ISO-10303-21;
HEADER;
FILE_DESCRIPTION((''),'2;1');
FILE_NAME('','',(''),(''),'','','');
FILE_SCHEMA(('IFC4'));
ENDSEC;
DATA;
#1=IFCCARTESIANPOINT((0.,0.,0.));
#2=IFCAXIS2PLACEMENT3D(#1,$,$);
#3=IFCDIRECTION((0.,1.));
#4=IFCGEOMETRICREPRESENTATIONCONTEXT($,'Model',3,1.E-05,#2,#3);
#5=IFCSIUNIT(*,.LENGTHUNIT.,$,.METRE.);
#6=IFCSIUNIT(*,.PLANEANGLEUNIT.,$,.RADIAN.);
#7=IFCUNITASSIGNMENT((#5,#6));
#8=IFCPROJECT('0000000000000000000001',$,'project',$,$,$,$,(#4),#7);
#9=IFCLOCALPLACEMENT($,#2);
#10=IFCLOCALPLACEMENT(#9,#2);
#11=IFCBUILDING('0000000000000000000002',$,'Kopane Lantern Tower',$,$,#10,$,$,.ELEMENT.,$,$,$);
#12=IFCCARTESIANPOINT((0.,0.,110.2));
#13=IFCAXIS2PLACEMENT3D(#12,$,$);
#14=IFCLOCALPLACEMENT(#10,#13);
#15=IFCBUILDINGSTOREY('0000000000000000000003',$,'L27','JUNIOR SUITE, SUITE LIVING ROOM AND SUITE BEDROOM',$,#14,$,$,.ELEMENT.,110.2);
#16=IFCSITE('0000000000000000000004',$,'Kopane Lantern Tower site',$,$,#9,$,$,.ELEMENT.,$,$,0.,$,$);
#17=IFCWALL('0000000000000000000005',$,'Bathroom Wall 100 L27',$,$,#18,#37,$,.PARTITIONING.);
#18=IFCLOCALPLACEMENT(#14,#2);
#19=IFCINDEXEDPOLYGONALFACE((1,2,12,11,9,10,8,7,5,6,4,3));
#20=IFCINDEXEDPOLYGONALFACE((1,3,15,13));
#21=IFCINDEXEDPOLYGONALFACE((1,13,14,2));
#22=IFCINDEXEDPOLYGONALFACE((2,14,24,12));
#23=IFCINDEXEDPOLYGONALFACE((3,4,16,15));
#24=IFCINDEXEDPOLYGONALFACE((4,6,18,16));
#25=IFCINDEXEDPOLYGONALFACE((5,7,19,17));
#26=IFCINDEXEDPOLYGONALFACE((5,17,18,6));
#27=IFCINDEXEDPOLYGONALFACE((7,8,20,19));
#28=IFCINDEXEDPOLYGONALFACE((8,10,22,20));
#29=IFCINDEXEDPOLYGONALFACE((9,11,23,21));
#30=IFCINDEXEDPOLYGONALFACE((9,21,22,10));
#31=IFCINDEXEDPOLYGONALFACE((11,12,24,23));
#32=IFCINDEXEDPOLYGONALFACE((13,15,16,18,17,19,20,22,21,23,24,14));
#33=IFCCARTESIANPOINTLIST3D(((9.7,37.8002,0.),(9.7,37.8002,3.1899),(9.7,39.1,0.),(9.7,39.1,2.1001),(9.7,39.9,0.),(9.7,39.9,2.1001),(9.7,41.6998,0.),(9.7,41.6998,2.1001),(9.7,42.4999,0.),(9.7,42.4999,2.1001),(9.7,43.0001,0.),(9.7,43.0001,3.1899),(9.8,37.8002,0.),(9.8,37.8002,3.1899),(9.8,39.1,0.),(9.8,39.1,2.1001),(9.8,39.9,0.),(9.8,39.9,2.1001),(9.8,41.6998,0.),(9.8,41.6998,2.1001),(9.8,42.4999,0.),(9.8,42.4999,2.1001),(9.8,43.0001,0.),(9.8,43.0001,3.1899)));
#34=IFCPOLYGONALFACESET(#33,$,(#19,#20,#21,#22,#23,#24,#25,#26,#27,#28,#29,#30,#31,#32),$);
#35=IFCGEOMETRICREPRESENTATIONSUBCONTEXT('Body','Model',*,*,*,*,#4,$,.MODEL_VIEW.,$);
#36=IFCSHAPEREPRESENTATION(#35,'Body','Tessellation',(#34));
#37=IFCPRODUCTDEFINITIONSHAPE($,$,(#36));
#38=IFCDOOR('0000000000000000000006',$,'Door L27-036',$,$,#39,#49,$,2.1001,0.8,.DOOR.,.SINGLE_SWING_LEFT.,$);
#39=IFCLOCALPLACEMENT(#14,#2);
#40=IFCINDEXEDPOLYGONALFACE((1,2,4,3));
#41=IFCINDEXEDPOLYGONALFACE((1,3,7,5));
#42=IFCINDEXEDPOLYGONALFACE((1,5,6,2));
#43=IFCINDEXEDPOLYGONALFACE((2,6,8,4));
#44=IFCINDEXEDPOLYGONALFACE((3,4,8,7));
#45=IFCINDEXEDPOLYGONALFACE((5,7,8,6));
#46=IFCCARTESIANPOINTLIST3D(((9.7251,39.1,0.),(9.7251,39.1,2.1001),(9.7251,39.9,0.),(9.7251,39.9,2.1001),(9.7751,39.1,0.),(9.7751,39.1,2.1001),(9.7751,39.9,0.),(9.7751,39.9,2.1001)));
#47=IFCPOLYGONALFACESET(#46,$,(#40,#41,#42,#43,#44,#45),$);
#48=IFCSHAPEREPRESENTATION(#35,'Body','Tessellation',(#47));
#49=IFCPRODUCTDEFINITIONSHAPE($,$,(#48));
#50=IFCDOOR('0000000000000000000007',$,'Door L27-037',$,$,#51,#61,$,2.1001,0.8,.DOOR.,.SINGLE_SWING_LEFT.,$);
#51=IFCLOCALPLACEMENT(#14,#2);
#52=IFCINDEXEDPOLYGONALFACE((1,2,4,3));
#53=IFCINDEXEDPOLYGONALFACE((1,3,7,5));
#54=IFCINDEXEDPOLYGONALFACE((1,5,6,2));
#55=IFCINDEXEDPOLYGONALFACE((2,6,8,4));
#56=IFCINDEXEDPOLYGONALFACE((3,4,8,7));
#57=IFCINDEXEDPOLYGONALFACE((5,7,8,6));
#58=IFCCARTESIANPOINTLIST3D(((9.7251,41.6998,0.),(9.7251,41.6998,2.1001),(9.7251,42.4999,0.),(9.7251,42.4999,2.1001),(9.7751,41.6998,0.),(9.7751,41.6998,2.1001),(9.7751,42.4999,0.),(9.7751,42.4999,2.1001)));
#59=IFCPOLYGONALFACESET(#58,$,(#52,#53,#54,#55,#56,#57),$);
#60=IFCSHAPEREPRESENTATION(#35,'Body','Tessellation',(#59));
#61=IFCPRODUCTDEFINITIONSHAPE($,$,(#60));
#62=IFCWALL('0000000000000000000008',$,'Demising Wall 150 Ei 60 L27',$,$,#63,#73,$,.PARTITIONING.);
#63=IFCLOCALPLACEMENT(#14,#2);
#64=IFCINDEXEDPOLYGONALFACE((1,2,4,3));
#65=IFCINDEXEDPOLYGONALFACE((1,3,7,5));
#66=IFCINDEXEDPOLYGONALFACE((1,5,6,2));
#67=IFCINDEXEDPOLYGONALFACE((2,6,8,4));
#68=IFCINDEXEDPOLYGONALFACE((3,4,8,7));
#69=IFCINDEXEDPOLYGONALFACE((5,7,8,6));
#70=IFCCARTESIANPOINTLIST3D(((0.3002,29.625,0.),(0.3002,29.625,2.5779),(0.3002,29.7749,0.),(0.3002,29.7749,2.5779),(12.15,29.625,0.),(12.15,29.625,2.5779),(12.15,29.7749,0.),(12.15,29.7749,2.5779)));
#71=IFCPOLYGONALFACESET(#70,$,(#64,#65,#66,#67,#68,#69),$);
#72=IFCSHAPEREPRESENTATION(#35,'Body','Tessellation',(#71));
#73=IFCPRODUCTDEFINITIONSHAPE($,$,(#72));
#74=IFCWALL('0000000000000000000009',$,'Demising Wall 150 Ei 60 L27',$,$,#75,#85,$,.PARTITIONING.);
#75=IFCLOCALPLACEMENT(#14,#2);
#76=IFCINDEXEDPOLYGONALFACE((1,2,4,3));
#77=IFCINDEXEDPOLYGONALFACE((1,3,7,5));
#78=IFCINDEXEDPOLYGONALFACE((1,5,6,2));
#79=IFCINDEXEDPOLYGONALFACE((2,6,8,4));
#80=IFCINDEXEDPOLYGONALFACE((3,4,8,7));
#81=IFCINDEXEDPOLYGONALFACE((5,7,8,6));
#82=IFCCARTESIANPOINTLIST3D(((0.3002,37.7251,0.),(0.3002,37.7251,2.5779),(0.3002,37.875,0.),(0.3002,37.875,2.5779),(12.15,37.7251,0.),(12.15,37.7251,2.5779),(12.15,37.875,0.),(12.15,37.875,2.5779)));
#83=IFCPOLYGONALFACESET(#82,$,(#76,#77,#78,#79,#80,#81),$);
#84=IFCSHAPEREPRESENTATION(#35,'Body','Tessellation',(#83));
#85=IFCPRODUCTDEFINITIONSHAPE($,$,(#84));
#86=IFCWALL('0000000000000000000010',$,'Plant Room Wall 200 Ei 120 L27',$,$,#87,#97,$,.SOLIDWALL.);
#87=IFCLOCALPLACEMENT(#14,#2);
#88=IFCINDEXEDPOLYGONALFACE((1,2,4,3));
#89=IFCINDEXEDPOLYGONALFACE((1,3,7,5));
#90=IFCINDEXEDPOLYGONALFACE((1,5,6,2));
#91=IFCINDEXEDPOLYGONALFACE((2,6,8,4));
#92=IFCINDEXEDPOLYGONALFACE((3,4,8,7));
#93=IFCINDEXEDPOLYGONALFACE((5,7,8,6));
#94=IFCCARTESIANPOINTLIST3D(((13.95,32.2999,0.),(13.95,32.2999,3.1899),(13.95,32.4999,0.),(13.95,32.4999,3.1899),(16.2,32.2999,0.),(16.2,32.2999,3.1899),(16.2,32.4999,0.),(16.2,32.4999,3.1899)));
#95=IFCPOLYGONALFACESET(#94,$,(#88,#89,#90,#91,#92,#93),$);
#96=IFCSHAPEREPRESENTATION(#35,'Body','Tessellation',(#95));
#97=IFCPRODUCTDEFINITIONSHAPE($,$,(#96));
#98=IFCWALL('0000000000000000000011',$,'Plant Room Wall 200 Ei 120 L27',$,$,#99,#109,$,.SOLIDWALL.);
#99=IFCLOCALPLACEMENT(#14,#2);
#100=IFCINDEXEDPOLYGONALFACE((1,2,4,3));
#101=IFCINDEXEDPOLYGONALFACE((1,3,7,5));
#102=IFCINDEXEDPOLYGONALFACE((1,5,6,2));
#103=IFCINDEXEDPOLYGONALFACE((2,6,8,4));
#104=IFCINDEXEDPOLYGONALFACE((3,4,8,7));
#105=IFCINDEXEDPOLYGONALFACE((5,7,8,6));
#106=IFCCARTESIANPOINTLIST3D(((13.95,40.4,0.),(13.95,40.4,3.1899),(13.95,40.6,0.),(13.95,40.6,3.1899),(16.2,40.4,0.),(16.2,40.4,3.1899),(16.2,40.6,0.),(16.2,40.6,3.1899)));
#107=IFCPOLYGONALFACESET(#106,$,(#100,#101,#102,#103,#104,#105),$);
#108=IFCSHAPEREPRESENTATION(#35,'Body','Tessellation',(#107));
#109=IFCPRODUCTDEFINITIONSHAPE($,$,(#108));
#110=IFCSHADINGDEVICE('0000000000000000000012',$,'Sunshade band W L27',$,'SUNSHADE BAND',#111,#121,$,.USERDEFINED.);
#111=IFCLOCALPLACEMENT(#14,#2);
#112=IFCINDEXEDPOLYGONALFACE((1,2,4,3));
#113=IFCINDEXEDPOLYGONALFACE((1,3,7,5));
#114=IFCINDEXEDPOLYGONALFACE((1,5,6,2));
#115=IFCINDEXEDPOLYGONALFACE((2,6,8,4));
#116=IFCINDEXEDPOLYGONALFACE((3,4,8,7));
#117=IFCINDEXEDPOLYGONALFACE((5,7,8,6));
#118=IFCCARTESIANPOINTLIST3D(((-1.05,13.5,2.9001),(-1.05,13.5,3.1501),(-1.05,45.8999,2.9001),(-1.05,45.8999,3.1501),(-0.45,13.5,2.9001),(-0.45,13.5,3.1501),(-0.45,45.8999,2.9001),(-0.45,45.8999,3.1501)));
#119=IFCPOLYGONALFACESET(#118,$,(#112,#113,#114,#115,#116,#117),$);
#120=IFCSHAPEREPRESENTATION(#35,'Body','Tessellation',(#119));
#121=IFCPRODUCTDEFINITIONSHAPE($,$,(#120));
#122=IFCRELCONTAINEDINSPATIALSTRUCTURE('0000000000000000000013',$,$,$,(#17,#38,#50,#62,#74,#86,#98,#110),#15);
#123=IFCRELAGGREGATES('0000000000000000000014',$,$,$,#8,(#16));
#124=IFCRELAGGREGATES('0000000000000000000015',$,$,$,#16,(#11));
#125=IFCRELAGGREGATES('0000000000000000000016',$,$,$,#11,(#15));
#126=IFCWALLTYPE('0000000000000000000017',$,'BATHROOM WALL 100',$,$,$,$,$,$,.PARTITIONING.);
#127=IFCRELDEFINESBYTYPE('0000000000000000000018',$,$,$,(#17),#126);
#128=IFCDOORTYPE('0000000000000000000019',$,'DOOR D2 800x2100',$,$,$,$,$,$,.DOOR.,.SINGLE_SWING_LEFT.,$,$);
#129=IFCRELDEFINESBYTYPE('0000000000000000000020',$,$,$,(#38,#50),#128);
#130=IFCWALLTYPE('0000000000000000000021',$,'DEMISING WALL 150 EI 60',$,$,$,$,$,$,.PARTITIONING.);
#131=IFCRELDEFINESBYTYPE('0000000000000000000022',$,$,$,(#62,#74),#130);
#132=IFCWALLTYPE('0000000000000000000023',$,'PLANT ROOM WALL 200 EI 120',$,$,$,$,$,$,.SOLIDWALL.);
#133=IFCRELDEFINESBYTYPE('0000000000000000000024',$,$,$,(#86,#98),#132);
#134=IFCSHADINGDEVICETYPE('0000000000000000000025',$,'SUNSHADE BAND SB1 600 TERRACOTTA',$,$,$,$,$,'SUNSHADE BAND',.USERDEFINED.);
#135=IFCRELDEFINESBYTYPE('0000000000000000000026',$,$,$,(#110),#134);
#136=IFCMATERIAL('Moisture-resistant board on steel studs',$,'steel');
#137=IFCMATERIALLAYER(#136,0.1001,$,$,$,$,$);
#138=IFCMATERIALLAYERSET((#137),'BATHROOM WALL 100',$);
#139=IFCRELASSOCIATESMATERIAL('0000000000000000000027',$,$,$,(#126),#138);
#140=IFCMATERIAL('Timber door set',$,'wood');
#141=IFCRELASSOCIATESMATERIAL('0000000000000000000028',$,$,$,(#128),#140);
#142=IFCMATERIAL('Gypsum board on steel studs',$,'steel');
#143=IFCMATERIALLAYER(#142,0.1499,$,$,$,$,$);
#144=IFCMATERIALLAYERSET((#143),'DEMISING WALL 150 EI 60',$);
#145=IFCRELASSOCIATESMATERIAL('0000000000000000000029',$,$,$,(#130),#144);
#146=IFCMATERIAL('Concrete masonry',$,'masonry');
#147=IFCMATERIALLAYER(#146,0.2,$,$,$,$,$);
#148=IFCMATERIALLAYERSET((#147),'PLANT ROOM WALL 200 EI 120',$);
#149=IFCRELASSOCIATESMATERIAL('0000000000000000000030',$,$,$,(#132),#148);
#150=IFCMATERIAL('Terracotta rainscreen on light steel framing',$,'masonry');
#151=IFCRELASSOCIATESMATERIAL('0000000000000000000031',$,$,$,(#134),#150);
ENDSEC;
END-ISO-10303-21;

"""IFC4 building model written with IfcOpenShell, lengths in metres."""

from ifc_helpers import new_model, si_unit, direction, frame, frame_2d, origin, origin_2d, place, context, subcontext, project, spatial, rectangle, extrude, material, layer, layer_set, type_object, element, fill, save


model = new_model("IFC4")

# Units and contexts
model_context = context("Model", 3, precision=1e-05, world=origin(), true_north=direction((0.0, 1.0)))
body_context = subcontext(model_context, "Body", "Model", "MODEL_VIEW")
ifc_project = project(units=[si_unit("LENGTHUNIT", "METRE"), si_unit("PLANEANGLEUNIT", "RADIAN")], contexts=[model_context])

# Site, building, storey
site_placement = place(None, origin())
site = spatial("IfcSite", under=ifc_project, at=site_placement, Name="Kopane Lantern Tower site", CompositionType="ELEMENT", RefElevation=0.0)
building_placement = place(site_placement, origin())
building = spatial("IfcBuilding", under=site, at=building_placement, Name="Kopane Lantern Tower", CompositionType="ELEMENT")
storey_placement = place(building_placement, frame((0.0, 0.0, 110.2)))
storey = spatial("IfcBuildingStorey", under=building, at=storey_placement, Name="L27", Description="JUNIOR SUITE, SUITE LIVING ROOM AND SUITE BEDROOM", CompositionType="ELEMENT", Elevation=110.2)

# Shared definitions
ifc_material_1 = material(Name="Moisture-resistant board on steel studs", Category="steel")
ifc_layer_1 = layer(ifc_material_1, 0.1001)
ifc_layer_set_1 = layer_set([ifc_layer_1], Name="BATHROOM WALL 100")
wall_type_1 = type_object("IfcWallType", Name="BATHROOM WALL 100", PredefinedType="PARTITIONING", material=ifc_layer_set_1)
ifc_material_2 = material(Name="Timber door set", Category="wood")
door_type_1 = type_object("IfcDoorType", Name="DOOR D2 800x2100", OperationType="SINGLE_SWING_LEFT", PredefinedType="DOOR", material=ifc_material_2)

# Wall, openings, doors
wall_1_placement = place(storey_placement, frame((9.75, 37.8, 0.0), z_axis=(0.0, 0.0, 1.0), x_axis=(0.0, 1.0, 0.0)))
wall_1 = element("IfcWall", 1, at=wall_1_placement, inside=storey, type_object=wall_type_1, Name="Bathroom Wall 100 L27", PredefinedType="PARTITIONING", context=body_context, shape_type="SweptSolid", body=[
    extrude(rectangle(XDim=5.2, YDim=0.1001, at=frame_2d((2.6001, 0.0))), origin(), (0.0, 0.0, 1.0), 3.1899),
])
opening_1_placement = place(wall_1_placement, frame((1.3, 0.0, 0.0)))
opening_1 = element("IfcOpeningElement", 2, at=opening_1_placement, cuts=wall_1, PredefinedType="OPENING", context=body_context, shape_type="SweptSolid", body=[
    extrude(rectangle(XDim=0.8, YDim=2.1001, at=frame_2d((0.3999, 1.05))), frame((0.0, 0.0601, 0.0), z_axis=(0.0, -1.0, 0.0), x_axis=(1.0, 0.0, 0.0)), (0.0, 0.0, 1.0), 0.1201),
])
opening_2_placement = place(wall_1_placement, frame((3.8999, 0.0, 0.0)))
opening_2 = element("IfcOpeningElement", 3, at=opening_2_placement, cuts=wall_1, PredefinedType="OPENING", context=body_context, shape_type="SweptSolid", body=[
    extrude(rectangle(XDim=0.8, YDim=2.1001, at=frame_2d((0.3999, 1.05))), frame((0.0, 0.0601, 0.0), z_axis=(0.0, -1.0, 0.0), x_axis=(1.0, 0.0, 0.0)), (0.0, 0.0, 1.0), 0.1201),
])
door_1_placement = place(opening_1_placement, origin())
door_1 = element("IfcDoor", 4, at=door_1_placement, inside=storey, type_object=door_type_1, Name="Door L27-036", OperationType="SINGLE_SWING_LEFT", OverallHeight=2.1001, OverallWidth=0.8, PredefinedType="DOOR", context=body_context, shape_type="SweptSolid", body=[
    extrude(rectangle(XDim=0.8, YDim=2.1001, at=frame_2d((0.3999, 1.05))), frame((0.0, 0.0249, 0.0), z_axis=(0.0, -1.0, 0.0), x_axis=(1.0, 0.0, 0.0)), (0.0, 0.0, 1.0), 0.05),
])
fill(opening_1, door_1)
door_2_placement = place(opening_2_placement, origin())
door_2 = element("IfcDoor", 5, at=door_2_placement, inside=storey, type_object=door_type_1, Name="Door L27-037", OperationType="SINGLE_SWING_LEFT", OverallHeight=2.1001, OverallWidth=0.8, PredefinedType="DOOR", context=body_context, shape_type="SweptSolid", body=[
    extrude(rectangle(XDim=0.8, YDim=2.1001, at=frame_2d((0.3999, 1.05))), frame((0.0, 0.0249, 0.0), z_axis=(0.0, -1.0, 0.0), x_axis=(1.0, 0.0, 0.0)), (0.0, 0.0, 1.0), 0.05),
])
fill(opening_2, door_2)

# Walls
ifc_material_3 = material(Name="Gypsum board on steel studs", Category="steel")
ifc_layer_2 = layer(ifc_material_3, 0.1499)
ifc_layer_set_2 = layer_set([ifc_layer_2], Name="DEMISING WALL 150 EI 60")
wall_type_2 = type_object("IfcWallType", Name="DEMISING WALL 150 EI 60", PredefinedType="PARTITIONING", material=ifc_layer_set_2)
for number, where, z_axis, x_axis, name in (
    (6, (12.1499, 29.7, 0.0), (0.0, 0.0, 1.0), (-1.0, 0.0, 0.0), "Demising Wall 150 Ei 60 L27"),
    (7, (12.1499, 37.8, 0.0), (0.0, 0.0, 1.0), (-1.0, 0.0, 0.0), "Demising Wall 150 Ei 60 L27"),
):
    element("IfcWall", number, at=place(storey_placement, frame(where, z_axis=z_axis, x_axis=x_axis)), inside=storey, type_object=wall_type_2, Name=name, PredefinedType="PARTITIONING", context=body_context, shape_type="SweptSolid", body=[
        extrude(rectangle(XDim=11.8499, YDim=0.1499, at=frame_2d((5.9248, 0.0))), origin(), (0.0, 0.0, 1.0), 2.5779),
    ])
ifc_material_4 = material(Name="Concrete masonry", Category="masonry")
ifc_layer_3 = layer(ifc_material_4, 0.2)
ifc_layer_set_3 = layer_set([ifc_layer_3], Name="PLANT ROOM WALL 200 EI 120")
wall_type_3 = type_object("IfcWallType", Name="PLANT ROOM WALL 200 EI 120", PredefinedType="SOLIDWALL", material=ifc_layer_set_3)
for number, where, z_axis, x_axis, name in (
    (8, (13.95, 32.3999, 0.0), (0.0, 0.0, 1.0), (1.0, 0.0, 0.0), "Plant Room Wall 200 Ei 120 L27"),
    (9, (13.95, 40.5, 0.0), (0.0, 0.0, 1.0), (1.0, 0.0, 0.0), "Plant Room Wall 200 Ei 120 L27"),
):
    element("IfcWall", number, at=place(storey_placement, frame(where, z_axis=z_axis, x_axis=x_axis)), inside=storey, type_object=wall_type_3, Name=name, PredefinedType="SOLIDWALL", context=body_context, shape_type="SweptSolid", body=[
        extrude(rectangle(XDim=2.25, YDim=0.2, at=frame_2d((1.125, 0.0))), origin(), (0.0, 0.0, 1.0), 3.1899),
    ])

# Shading device
ifc_material_5 = material(Name="Terracotta rainscreen on light steel framing", Category="masonry")
shading_device_type = type_object("IfcShadingDeviceType", Name="SUNSHADE BAND SB1 600 TERRACOTTA", ElementType="SUNSHADE BAND", PredefinedType="USERDEFINED", material=ifc_material_5)
shading_device_placement = place(storey_placement, frame((-0.75, 29.7, 2.9001), z_axis=(0.0, 0.0, 1.0), x_axis=(0.0, -1.0, 0.0)))
element("IfcShadingDevice", 10, at=shading_device_placement, inside=storey, type_object=shading_device_type, Name="Sunshade band W L27", ObjectType="SUNSHADE BAND", PredefinedType="USERDEFINED", context=body_context, shape_type="SweptSolid", body=[
    extrude(rectangle(XDim=32.3999, YDim=0.6001, at=origin_2d()), origin(), (0.0, 0.0, 1.0), 0.25),
])

save(model, "model.ifc")
